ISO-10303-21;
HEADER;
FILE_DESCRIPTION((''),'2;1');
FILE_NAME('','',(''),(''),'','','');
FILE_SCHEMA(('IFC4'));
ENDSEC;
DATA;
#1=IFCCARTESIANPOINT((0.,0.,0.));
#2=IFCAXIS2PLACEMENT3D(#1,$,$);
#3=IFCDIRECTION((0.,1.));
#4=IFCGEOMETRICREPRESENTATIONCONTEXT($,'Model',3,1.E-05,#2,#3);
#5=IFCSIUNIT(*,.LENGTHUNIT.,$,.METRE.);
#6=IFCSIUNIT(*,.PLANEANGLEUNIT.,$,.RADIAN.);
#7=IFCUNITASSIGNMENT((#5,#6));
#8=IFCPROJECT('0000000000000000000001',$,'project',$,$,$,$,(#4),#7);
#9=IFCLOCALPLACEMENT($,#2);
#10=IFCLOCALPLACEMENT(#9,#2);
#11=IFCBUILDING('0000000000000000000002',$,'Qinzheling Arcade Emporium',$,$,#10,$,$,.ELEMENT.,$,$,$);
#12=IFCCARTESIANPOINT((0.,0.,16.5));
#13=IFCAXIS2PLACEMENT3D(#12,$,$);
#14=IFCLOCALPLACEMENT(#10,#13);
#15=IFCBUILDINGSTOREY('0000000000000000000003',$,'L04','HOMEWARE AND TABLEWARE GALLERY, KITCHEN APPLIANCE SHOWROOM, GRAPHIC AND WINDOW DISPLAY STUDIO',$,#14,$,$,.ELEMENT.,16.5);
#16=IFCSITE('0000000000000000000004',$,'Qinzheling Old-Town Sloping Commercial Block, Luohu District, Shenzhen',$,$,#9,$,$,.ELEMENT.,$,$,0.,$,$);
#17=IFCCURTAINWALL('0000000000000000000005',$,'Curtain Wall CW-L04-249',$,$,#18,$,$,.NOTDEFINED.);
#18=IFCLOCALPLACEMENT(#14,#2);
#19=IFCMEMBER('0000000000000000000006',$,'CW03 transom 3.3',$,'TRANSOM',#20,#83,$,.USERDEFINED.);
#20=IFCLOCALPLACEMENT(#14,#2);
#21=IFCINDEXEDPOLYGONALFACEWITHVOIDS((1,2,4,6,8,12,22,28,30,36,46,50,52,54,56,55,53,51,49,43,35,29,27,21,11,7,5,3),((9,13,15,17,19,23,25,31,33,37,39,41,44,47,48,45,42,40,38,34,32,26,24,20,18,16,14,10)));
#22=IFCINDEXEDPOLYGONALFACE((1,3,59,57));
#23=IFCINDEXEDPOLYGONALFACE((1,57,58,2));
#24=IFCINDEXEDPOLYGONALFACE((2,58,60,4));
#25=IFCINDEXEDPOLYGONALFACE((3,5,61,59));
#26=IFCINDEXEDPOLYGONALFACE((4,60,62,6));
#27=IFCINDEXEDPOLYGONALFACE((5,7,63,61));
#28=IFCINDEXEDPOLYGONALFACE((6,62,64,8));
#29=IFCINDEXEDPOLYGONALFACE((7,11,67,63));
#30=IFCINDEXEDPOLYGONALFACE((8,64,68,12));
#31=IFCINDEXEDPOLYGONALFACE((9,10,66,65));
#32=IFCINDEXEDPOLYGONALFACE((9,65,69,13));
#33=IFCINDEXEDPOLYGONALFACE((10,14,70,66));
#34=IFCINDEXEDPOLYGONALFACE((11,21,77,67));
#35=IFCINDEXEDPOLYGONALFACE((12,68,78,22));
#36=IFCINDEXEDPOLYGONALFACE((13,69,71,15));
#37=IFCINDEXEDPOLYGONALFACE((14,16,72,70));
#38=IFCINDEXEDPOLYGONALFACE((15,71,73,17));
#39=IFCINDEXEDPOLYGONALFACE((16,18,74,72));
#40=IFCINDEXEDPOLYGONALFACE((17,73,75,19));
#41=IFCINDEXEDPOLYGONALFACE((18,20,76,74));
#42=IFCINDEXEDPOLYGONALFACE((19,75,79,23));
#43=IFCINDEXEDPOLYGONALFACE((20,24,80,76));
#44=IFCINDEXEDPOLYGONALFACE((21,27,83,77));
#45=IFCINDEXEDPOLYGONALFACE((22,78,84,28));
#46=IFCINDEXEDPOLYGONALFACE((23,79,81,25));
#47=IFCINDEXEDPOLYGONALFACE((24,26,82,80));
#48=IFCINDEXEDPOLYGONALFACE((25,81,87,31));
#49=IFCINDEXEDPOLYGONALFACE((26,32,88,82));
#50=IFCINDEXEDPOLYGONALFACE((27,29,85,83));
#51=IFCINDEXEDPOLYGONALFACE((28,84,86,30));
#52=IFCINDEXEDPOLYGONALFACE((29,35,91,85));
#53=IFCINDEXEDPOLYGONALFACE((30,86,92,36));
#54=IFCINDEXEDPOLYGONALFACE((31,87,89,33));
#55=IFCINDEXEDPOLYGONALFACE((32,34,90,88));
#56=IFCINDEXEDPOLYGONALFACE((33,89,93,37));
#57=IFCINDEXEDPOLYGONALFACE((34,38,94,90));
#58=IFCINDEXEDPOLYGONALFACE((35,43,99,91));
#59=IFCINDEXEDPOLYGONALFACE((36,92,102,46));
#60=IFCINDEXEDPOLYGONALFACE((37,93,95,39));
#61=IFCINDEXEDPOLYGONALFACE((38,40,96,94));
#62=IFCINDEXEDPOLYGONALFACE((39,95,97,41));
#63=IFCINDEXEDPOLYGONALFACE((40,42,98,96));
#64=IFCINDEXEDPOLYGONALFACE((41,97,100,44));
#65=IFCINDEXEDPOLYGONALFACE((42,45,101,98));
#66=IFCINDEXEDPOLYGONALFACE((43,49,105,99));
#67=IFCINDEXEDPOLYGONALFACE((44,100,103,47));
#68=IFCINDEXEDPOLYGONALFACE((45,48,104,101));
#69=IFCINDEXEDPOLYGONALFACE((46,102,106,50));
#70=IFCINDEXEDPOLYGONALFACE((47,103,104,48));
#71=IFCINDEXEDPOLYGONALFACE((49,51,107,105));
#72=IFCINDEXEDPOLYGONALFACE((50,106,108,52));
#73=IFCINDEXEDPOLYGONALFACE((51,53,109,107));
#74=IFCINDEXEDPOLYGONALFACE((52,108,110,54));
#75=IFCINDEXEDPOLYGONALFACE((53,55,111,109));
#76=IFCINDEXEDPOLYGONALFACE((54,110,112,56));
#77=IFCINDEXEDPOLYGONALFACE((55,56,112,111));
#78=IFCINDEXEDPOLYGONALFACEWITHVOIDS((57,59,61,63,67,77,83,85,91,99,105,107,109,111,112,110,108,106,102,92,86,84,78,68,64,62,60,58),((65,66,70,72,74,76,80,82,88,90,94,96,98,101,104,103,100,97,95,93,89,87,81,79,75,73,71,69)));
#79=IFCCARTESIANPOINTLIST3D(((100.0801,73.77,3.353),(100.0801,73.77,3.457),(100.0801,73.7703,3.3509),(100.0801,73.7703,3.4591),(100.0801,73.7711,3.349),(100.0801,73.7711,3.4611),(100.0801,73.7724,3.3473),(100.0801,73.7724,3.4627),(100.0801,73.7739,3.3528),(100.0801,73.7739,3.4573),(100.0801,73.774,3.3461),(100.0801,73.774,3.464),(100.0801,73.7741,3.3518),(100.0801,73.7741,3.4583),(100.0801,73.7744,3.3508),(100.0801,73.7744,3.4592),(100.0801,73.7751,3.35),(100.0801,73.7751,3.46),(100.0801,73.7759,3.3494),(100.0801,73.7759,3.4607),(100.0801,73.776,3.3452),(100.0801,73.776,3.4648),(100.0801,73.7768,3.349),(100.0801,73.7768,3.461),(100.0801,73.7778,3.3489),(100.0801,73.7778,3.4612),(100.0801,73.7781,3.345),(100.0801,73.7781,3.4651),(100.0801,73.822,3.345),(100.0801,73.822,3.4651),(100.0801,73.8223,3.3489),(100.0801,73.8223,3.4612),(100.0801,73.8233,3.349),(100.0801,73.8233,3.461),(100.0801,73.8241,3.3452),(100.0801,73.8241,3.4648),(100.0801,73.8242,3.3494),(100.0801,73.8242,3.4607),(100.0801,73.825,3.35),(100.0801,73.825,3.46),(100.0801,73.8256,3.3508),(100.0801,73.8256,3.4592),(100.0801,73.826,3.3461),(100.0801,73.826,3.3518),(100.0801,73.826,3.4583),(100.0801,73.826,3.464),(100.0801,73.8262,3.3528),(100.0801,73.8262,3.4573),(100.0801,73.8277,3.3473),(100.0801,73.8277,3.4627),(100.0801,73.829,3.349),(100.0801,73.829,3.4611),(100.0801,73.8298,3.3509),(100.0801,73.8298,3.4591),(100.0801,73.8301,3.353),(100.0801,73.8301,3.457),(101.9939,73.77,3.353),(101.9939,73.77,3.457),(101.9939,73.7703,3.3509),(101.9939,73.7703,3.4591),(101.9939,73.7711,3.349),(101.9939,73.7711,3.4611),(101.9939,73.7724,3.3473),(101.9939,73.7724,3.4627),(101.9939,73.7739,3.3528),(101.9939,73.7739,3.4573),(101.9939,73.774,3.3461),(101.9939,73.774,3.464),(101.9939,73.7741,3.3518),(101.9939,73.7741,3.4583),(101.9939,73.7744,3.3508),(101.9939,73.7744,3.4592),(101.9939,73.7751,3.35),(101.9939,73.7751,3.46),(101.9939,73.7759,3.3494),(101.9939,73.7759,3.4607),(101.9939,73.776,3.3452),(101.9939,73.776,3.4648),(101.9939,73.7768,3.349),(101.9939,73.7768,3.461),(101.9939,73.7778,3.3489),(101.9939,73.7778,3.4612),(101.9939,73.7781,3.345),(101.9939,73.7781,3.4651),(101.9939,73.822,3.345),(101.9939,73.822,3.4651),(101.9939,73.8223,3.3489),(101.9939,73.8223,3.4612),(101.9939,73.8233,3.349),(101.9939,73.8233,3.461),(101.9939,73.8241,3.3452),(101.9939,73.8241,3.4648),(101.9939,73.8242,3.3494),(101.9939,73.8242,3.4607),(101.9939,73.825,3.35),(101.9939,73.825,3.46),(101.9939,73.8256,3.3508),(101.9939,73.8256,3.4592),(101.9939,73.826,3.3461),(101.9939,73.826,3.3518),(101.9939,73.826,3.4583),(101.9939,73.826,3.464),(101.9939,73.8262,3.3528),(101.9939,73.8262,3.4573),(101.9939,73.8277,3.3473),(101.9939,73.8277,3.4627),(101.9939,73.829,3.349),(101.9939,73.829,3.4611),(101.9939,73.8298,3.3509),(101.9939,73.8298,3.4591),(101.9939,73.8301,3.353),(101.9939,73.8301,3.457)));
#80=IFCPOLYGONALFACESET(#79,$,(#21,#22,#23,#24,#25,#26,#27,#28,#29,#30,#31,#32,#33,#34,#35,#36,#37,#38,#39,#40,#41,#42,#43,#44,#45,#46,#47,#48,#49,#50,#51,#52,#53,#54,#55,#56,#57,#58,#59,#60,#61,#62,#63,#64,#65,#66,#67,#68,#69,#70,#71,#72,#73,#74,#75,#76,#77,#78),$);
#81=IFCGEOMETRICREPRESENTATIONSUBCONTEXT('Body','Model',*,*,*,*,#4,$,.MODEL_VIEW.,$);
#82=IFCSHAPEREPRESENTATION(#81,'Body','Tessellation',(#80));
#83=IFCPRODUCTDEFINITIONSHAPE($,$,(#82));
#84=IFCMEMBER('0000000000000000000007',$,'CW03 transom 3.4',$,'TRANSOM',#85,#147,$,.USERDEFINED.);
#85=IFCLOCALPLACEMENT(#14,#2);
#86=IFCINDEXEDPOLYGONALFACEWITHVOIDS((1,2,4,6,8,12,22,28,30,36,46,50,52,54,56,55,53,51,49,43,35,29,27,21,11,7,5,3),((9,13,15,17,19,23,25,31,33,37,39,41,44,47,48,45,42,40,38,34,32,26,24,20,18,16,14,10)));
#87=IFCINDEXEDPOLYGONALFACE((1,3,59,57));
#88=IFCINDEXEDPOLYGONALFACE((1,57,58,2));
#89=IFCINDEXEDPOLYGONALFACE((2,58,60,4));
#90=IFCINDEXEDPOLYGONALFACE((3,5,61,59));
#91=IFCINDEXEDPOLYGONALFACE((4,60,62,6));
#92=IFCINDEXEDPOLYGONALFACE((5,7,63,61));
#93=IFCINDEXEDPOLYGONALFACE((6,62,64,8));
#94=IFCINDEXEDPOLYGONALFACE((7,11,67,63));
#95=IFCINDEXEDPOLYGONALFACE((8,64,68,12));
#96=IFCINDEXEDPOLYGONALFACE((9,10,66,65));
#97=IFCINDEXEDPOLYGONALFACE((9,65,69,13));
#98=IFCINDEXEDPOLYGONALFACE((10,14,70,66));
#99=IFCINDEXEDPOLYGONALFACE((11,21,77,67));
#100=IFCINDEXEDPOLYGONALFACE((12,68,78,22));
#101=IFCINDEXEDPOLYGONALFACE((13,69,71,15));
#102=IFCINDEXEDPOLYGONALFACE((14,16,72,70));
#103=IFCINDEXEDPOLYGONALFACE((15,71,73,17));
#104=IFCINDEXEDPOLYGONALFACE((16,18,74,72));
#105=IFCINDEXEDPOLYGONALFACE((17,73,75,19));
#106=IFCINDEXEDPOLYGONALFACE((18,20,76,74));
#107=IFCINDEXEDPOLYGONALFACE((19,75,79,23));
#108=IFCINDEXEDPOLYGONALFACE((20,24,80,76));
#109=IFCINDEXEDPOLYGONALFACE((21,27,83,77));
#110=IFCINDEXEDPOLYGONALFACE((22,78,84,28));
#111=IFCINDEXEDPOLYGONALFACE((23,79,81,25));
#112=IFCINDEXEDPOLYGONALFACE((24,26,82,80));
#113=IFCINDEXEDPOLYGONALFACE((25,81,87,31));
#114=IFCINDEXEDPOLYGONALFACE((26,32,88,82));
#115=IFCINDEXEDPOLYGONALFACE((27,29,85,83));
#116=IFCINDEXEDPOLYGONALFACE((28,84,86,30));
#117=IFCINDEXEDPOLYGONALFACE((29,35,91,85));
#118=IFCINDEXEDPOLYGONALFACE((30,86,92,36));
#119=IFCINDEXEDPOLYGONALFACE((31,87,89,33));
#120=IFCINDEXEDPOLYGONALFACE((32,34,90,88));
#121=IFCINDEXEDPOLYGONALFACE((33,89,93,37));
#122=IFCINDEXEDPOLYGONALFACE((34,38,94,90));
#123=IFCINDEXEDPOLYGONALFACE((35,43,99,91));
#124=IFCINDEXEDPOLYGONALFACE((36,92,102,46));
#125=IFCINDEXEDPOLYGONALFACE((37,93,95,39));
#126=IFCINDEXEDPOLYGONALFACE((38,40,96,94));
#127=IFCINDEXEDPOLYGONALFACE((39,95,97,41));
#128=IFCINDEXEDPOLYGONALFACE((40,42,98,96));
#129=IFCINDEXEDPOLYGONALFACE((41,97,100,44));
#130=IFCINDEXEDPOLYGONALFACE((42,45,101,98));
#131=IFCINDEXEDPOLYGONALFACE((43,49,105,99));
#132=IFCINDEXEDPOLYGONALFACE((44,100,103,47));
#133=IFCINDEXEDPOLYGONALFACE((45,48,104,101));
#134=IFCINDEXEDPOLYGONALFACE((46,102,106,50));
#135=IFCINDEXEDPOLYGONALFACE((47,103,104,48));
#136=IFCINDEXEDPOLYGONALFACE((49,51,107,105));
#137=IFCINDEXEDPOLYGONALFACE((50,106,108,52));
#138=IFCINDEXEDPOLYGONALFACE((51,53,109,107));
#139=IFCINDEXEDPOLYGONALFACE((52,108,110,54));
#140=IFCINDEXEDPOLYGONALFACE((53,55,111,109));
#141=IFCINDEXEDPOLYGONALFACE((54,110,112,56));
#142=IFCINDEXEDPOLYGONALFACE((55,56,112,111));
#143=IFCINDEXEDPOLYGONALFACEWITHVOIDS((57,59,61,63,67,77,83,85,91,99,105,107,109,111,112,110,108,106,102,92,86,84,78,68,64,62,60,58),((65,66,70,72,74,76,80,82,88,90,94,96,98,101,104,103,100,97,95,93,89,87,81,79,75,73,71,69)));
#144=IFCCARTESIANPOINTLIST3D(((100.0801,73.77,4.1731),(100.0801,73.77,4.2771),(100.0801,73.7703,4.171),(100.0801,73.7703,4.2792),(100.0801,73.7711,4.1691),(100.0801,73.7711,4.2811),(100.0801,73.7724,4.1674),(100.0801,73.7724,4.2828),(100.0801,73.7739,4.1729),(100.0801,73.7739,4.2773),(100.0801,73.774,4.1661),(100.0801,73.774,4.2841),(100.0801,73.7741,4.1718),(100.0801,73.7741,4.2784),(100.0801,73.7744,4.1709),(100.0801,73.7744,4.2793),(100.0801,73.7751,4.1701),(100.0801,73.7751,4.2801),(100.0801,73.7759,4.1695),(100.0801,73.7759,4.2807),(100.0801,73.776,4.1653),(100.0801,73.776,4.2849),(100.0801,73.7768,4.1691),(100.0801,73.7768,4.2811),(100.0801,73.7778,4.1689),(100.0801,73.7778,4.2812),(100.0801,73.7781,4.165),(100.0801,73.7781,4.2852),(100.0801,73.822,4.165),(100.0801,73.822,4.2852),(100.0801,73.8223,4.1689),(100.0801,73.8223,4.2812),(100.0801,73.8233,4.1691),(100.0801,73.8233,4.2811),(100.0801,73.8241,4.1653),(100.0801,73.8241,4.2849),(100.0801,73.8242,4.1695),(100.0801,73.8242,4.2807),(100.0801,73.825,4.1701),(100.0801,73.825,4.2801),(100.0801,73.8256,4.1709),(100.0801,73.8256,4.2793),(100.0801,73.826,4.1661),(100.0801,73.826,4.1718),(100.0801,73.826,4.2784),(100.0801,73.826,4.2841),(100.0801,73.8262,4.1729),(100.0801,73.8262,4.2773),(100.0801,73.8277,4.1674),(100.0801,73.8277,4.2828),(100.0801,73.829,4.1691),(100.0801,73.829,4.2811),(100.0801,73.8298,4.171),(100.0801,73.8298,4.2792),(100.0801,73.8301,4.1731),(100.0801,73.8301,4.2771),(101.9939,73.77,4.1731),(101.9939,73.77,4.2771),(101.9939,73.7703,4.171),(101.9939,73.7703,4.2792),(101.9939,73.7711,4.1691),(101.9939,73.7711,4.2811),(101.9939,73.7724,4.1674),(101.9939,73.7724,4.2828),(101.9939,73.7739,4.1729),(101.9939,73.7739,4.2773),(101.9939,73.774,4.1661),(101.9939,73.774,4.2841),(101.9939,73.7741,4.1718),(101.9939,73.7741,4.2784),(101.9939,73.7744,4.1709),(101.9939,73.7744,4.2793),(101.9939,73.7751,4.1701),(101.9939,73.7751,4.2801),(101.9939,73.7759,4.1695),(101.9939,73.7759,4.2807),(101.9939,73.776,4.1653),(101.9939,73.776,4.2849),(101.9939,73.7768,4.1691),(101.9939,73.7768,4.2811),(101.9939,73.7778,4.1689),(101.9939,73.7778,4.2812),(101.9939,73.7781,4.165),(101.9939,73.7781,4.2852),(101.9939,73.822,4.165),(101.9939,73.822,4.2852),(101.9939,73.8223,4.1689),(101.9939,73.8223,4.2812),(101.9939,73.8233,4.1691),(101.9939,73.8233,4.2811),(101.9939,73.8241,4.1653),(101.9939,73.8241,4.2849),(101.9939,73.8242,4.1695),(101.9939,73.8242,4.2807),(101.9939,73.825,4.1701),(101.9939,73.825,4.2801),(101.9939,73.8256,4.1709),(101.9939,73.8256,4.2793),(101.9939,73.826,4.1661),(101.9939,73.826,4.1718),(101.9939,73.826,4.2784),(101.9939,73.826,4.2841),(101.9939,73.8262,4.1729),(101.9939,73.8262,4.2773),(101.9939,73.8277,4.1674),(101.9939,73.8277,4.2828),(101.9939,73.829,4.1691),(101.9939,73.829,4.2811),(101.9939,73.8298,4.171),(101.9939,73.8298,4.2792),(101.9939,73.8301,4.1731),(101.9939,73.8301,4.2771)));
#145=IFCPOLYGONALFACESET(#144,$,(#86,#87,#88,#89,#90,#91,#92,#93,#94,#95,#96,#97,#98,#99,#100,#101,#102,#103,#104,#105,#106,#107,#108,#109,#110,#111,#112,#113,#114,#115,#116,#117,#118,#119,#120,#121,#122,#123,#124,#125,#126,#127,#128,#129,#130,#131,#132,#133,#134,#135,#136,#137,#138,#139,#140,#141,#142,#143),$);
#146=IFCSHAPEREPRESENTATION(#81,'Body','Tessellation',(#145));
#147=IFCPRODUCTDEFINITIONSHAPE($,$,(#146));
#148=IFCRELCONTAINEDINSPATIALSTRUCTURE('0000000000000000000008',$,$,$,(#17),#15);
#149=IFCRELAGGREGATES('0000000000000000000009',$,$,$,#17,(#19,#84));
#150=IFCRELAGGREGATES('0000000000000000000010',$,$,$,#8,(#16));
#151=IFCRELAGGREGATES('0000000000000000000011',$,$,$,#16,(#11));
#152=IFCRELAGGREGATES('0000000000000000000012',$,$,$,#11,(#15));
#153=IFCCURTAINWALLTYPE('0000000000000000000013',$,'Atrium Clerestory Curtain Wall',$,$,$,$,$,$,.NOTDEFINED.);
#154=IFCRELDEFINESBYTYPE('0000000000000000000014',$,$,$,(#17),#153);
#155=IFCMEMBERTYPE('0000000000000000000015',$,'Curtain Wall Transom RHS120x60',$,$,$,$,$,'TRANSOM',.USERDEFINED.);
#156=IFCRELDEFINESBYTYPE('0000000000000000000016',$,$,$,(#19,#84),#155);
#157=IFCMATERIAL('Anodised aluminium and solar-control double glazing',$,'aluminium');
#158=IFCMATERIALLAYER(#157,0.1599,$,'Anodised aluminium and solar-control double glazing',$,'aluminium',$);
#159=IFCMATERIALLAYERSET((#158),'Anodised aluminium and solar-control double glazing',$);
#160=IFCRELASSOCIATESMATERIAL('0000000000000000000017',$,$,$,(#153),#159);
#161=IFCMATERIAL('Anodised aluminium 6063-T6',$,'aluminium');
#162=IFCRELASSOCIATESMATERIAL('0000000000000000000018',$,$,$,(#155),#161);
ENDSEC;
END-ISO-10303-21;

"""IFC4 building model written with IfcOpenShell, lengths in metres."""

from ifc_helpers import new_model, si_unit, direction, frame, origin, origin_2d, place, context, subcontext, project, spatial, hollow_rectangle, extrude, material, layer, layer_set, material_profile, profile_set, type_object, element, aggregate, save


model = new_model("IFC4")

# Units and contexts
model_context = context("Model", 3, precision=1e-05, world=origin(), true_north=direction((0.0, 1.0)))
body_context = subcontext(model_context, "Body", "Model", "MODEL_VIEW")
ifc_project = project(units=[si_unit("LENGTHUNIT", "METRE"), si_unit("PLANEANGLEUNIT", "RADIAN")], contexts=[model_context])

# Site, building, storey
site_placement = place(None, origin())
site = spatial("IfcSite", under=ifc_project, at=site_placement, Name="Qinzheling Old-Town Sloping Commercial Block, Luohu District, Shenzhen", CompositionType="ELEMENT", RefElevation=0.0)
building_placement = place(site_placement, origin())
building = spatial("IfcBuilding", under=site, at=building_placement, Name="Qinzheling Arcade Emporium", CompositionType="ELEMENT")
storey_placement = place(building_placement, frame((0.0, 0.0, 16.5)))
storey = spatial("IfcBuildingStorey", under=building, at=storey_placement, Name="L04", Description="HOMEWARE AND TABLEWARE GALLERY, KITCHEN APPLIANCE SHOWROOM, GRAPHIC AND WINDOW DISPLAY STUDIO", CompositionType="ELEMENT", Elevation=16.5)

# Shared definitions
ifc_material_1 = material(Name="Anodised aluminium and solar-control double glazing", Category="aluminium")
ifc_layer_1 = layer(ifc_material_1, 0.1599, Name="Anodised aluminium and solar-control double glazing", Category="aluminium")
ifc_layer_set_1 = layer_set([ifc_layer_1], Name="Anodised aluminium and solar-control double glazing")
curtain_wall_type = type_object("IfcCurtainWallType", Name="Atrium Clerestory Curtain Wall", PredefinedType="NOTDEFINED", material=ifc_layer_set_1)
ifc_material_2 = material(Name="Anodised aluminium 6063-T6", Category="aluminium")

# Curtain wall, members
curtain_wall_1_placement = place(storey_placement, origin())
curtain_wall_1 = element("IfcCurtainWall", 1, at=curtain_wall_1_placement, inside=storey, type_object=curtain_wall_type, Name="Curtain Wall CW-L04-249", PredefinedType="NOTDEFINED")
ifc_material_profile_1 = material_profile(ifc_material_2, hollow_rectangle(XDim=0.0601, YDim=0.1201, WallThickness=0.0039, InnerFilletRadius=0.0039, OuterFilletRadius=0.0081, at=origin_2d()), Name="RHS 120x60x4", Category="aluminium")
ifc_profile_set_1 = profile_set([ifc_material_profile_1], Name="Anodised aluminium 6063-T6")
member_type_1 = type_object("IfcMemberType", Name="Curtain Wall Transom RHS120x60", ElementType="TRANSOM", PredefinedType="USERDEFINED", material=ifc_profile_set_1)
member_1_placement = place(storey_placement, frame((100.0801, 73.8, 3.405), z_axis=(1.0, 0.0, 0.0), x_axis=(0.0, 1.0, 0.0)))
member_1 = element("IfcMember", 2, at=member_1_placement, type_object=member_type_1, Name="CW03 transom 3.3", ObjectType="TRANSOM", PredefinedType="USERDEFINED", context=body_context, shape_type="SweptSolid", body=[
    extrude(hollow_rectangle(XDim=0.0601, YDim=0.1201, WallThickness=0.0039, InnerFilletRadius=0.0039, OuterFilletRadius=0.0081, at=origin_2d()), origin(), (0.0, 0.0, 1.0), 1.9138),
])
member_2_placement = place(storey_placement, frame((100.0801, 73.8, 4.2251), z_axis=(1.0, 0.0, 0.0), x_axis=(0.0, 1.0, 0.0)))
member_2 = element("IfcMember", 3, at=member_2_placement, type_object=member_type_1, Name="CW03 transom 3.4", ObjectType="TRANSOM", PredefinedType="USERDEFINED", context=body_context, shape_type="SweptSolid", body=[
    extrude(hollow_rectangle(XDim=0.0601, YDim=0.1201, WallThickness=0.0039, InnerFilletRadius=0.0039, OuterFilletRadius=0.0081, at=origin_2d()), origin(), (0.0, 0.0, 1.0), 1.9138),
])

aggregate(curtain_wall_1, [member_1, member_2])

save(model, "model.ifc")
